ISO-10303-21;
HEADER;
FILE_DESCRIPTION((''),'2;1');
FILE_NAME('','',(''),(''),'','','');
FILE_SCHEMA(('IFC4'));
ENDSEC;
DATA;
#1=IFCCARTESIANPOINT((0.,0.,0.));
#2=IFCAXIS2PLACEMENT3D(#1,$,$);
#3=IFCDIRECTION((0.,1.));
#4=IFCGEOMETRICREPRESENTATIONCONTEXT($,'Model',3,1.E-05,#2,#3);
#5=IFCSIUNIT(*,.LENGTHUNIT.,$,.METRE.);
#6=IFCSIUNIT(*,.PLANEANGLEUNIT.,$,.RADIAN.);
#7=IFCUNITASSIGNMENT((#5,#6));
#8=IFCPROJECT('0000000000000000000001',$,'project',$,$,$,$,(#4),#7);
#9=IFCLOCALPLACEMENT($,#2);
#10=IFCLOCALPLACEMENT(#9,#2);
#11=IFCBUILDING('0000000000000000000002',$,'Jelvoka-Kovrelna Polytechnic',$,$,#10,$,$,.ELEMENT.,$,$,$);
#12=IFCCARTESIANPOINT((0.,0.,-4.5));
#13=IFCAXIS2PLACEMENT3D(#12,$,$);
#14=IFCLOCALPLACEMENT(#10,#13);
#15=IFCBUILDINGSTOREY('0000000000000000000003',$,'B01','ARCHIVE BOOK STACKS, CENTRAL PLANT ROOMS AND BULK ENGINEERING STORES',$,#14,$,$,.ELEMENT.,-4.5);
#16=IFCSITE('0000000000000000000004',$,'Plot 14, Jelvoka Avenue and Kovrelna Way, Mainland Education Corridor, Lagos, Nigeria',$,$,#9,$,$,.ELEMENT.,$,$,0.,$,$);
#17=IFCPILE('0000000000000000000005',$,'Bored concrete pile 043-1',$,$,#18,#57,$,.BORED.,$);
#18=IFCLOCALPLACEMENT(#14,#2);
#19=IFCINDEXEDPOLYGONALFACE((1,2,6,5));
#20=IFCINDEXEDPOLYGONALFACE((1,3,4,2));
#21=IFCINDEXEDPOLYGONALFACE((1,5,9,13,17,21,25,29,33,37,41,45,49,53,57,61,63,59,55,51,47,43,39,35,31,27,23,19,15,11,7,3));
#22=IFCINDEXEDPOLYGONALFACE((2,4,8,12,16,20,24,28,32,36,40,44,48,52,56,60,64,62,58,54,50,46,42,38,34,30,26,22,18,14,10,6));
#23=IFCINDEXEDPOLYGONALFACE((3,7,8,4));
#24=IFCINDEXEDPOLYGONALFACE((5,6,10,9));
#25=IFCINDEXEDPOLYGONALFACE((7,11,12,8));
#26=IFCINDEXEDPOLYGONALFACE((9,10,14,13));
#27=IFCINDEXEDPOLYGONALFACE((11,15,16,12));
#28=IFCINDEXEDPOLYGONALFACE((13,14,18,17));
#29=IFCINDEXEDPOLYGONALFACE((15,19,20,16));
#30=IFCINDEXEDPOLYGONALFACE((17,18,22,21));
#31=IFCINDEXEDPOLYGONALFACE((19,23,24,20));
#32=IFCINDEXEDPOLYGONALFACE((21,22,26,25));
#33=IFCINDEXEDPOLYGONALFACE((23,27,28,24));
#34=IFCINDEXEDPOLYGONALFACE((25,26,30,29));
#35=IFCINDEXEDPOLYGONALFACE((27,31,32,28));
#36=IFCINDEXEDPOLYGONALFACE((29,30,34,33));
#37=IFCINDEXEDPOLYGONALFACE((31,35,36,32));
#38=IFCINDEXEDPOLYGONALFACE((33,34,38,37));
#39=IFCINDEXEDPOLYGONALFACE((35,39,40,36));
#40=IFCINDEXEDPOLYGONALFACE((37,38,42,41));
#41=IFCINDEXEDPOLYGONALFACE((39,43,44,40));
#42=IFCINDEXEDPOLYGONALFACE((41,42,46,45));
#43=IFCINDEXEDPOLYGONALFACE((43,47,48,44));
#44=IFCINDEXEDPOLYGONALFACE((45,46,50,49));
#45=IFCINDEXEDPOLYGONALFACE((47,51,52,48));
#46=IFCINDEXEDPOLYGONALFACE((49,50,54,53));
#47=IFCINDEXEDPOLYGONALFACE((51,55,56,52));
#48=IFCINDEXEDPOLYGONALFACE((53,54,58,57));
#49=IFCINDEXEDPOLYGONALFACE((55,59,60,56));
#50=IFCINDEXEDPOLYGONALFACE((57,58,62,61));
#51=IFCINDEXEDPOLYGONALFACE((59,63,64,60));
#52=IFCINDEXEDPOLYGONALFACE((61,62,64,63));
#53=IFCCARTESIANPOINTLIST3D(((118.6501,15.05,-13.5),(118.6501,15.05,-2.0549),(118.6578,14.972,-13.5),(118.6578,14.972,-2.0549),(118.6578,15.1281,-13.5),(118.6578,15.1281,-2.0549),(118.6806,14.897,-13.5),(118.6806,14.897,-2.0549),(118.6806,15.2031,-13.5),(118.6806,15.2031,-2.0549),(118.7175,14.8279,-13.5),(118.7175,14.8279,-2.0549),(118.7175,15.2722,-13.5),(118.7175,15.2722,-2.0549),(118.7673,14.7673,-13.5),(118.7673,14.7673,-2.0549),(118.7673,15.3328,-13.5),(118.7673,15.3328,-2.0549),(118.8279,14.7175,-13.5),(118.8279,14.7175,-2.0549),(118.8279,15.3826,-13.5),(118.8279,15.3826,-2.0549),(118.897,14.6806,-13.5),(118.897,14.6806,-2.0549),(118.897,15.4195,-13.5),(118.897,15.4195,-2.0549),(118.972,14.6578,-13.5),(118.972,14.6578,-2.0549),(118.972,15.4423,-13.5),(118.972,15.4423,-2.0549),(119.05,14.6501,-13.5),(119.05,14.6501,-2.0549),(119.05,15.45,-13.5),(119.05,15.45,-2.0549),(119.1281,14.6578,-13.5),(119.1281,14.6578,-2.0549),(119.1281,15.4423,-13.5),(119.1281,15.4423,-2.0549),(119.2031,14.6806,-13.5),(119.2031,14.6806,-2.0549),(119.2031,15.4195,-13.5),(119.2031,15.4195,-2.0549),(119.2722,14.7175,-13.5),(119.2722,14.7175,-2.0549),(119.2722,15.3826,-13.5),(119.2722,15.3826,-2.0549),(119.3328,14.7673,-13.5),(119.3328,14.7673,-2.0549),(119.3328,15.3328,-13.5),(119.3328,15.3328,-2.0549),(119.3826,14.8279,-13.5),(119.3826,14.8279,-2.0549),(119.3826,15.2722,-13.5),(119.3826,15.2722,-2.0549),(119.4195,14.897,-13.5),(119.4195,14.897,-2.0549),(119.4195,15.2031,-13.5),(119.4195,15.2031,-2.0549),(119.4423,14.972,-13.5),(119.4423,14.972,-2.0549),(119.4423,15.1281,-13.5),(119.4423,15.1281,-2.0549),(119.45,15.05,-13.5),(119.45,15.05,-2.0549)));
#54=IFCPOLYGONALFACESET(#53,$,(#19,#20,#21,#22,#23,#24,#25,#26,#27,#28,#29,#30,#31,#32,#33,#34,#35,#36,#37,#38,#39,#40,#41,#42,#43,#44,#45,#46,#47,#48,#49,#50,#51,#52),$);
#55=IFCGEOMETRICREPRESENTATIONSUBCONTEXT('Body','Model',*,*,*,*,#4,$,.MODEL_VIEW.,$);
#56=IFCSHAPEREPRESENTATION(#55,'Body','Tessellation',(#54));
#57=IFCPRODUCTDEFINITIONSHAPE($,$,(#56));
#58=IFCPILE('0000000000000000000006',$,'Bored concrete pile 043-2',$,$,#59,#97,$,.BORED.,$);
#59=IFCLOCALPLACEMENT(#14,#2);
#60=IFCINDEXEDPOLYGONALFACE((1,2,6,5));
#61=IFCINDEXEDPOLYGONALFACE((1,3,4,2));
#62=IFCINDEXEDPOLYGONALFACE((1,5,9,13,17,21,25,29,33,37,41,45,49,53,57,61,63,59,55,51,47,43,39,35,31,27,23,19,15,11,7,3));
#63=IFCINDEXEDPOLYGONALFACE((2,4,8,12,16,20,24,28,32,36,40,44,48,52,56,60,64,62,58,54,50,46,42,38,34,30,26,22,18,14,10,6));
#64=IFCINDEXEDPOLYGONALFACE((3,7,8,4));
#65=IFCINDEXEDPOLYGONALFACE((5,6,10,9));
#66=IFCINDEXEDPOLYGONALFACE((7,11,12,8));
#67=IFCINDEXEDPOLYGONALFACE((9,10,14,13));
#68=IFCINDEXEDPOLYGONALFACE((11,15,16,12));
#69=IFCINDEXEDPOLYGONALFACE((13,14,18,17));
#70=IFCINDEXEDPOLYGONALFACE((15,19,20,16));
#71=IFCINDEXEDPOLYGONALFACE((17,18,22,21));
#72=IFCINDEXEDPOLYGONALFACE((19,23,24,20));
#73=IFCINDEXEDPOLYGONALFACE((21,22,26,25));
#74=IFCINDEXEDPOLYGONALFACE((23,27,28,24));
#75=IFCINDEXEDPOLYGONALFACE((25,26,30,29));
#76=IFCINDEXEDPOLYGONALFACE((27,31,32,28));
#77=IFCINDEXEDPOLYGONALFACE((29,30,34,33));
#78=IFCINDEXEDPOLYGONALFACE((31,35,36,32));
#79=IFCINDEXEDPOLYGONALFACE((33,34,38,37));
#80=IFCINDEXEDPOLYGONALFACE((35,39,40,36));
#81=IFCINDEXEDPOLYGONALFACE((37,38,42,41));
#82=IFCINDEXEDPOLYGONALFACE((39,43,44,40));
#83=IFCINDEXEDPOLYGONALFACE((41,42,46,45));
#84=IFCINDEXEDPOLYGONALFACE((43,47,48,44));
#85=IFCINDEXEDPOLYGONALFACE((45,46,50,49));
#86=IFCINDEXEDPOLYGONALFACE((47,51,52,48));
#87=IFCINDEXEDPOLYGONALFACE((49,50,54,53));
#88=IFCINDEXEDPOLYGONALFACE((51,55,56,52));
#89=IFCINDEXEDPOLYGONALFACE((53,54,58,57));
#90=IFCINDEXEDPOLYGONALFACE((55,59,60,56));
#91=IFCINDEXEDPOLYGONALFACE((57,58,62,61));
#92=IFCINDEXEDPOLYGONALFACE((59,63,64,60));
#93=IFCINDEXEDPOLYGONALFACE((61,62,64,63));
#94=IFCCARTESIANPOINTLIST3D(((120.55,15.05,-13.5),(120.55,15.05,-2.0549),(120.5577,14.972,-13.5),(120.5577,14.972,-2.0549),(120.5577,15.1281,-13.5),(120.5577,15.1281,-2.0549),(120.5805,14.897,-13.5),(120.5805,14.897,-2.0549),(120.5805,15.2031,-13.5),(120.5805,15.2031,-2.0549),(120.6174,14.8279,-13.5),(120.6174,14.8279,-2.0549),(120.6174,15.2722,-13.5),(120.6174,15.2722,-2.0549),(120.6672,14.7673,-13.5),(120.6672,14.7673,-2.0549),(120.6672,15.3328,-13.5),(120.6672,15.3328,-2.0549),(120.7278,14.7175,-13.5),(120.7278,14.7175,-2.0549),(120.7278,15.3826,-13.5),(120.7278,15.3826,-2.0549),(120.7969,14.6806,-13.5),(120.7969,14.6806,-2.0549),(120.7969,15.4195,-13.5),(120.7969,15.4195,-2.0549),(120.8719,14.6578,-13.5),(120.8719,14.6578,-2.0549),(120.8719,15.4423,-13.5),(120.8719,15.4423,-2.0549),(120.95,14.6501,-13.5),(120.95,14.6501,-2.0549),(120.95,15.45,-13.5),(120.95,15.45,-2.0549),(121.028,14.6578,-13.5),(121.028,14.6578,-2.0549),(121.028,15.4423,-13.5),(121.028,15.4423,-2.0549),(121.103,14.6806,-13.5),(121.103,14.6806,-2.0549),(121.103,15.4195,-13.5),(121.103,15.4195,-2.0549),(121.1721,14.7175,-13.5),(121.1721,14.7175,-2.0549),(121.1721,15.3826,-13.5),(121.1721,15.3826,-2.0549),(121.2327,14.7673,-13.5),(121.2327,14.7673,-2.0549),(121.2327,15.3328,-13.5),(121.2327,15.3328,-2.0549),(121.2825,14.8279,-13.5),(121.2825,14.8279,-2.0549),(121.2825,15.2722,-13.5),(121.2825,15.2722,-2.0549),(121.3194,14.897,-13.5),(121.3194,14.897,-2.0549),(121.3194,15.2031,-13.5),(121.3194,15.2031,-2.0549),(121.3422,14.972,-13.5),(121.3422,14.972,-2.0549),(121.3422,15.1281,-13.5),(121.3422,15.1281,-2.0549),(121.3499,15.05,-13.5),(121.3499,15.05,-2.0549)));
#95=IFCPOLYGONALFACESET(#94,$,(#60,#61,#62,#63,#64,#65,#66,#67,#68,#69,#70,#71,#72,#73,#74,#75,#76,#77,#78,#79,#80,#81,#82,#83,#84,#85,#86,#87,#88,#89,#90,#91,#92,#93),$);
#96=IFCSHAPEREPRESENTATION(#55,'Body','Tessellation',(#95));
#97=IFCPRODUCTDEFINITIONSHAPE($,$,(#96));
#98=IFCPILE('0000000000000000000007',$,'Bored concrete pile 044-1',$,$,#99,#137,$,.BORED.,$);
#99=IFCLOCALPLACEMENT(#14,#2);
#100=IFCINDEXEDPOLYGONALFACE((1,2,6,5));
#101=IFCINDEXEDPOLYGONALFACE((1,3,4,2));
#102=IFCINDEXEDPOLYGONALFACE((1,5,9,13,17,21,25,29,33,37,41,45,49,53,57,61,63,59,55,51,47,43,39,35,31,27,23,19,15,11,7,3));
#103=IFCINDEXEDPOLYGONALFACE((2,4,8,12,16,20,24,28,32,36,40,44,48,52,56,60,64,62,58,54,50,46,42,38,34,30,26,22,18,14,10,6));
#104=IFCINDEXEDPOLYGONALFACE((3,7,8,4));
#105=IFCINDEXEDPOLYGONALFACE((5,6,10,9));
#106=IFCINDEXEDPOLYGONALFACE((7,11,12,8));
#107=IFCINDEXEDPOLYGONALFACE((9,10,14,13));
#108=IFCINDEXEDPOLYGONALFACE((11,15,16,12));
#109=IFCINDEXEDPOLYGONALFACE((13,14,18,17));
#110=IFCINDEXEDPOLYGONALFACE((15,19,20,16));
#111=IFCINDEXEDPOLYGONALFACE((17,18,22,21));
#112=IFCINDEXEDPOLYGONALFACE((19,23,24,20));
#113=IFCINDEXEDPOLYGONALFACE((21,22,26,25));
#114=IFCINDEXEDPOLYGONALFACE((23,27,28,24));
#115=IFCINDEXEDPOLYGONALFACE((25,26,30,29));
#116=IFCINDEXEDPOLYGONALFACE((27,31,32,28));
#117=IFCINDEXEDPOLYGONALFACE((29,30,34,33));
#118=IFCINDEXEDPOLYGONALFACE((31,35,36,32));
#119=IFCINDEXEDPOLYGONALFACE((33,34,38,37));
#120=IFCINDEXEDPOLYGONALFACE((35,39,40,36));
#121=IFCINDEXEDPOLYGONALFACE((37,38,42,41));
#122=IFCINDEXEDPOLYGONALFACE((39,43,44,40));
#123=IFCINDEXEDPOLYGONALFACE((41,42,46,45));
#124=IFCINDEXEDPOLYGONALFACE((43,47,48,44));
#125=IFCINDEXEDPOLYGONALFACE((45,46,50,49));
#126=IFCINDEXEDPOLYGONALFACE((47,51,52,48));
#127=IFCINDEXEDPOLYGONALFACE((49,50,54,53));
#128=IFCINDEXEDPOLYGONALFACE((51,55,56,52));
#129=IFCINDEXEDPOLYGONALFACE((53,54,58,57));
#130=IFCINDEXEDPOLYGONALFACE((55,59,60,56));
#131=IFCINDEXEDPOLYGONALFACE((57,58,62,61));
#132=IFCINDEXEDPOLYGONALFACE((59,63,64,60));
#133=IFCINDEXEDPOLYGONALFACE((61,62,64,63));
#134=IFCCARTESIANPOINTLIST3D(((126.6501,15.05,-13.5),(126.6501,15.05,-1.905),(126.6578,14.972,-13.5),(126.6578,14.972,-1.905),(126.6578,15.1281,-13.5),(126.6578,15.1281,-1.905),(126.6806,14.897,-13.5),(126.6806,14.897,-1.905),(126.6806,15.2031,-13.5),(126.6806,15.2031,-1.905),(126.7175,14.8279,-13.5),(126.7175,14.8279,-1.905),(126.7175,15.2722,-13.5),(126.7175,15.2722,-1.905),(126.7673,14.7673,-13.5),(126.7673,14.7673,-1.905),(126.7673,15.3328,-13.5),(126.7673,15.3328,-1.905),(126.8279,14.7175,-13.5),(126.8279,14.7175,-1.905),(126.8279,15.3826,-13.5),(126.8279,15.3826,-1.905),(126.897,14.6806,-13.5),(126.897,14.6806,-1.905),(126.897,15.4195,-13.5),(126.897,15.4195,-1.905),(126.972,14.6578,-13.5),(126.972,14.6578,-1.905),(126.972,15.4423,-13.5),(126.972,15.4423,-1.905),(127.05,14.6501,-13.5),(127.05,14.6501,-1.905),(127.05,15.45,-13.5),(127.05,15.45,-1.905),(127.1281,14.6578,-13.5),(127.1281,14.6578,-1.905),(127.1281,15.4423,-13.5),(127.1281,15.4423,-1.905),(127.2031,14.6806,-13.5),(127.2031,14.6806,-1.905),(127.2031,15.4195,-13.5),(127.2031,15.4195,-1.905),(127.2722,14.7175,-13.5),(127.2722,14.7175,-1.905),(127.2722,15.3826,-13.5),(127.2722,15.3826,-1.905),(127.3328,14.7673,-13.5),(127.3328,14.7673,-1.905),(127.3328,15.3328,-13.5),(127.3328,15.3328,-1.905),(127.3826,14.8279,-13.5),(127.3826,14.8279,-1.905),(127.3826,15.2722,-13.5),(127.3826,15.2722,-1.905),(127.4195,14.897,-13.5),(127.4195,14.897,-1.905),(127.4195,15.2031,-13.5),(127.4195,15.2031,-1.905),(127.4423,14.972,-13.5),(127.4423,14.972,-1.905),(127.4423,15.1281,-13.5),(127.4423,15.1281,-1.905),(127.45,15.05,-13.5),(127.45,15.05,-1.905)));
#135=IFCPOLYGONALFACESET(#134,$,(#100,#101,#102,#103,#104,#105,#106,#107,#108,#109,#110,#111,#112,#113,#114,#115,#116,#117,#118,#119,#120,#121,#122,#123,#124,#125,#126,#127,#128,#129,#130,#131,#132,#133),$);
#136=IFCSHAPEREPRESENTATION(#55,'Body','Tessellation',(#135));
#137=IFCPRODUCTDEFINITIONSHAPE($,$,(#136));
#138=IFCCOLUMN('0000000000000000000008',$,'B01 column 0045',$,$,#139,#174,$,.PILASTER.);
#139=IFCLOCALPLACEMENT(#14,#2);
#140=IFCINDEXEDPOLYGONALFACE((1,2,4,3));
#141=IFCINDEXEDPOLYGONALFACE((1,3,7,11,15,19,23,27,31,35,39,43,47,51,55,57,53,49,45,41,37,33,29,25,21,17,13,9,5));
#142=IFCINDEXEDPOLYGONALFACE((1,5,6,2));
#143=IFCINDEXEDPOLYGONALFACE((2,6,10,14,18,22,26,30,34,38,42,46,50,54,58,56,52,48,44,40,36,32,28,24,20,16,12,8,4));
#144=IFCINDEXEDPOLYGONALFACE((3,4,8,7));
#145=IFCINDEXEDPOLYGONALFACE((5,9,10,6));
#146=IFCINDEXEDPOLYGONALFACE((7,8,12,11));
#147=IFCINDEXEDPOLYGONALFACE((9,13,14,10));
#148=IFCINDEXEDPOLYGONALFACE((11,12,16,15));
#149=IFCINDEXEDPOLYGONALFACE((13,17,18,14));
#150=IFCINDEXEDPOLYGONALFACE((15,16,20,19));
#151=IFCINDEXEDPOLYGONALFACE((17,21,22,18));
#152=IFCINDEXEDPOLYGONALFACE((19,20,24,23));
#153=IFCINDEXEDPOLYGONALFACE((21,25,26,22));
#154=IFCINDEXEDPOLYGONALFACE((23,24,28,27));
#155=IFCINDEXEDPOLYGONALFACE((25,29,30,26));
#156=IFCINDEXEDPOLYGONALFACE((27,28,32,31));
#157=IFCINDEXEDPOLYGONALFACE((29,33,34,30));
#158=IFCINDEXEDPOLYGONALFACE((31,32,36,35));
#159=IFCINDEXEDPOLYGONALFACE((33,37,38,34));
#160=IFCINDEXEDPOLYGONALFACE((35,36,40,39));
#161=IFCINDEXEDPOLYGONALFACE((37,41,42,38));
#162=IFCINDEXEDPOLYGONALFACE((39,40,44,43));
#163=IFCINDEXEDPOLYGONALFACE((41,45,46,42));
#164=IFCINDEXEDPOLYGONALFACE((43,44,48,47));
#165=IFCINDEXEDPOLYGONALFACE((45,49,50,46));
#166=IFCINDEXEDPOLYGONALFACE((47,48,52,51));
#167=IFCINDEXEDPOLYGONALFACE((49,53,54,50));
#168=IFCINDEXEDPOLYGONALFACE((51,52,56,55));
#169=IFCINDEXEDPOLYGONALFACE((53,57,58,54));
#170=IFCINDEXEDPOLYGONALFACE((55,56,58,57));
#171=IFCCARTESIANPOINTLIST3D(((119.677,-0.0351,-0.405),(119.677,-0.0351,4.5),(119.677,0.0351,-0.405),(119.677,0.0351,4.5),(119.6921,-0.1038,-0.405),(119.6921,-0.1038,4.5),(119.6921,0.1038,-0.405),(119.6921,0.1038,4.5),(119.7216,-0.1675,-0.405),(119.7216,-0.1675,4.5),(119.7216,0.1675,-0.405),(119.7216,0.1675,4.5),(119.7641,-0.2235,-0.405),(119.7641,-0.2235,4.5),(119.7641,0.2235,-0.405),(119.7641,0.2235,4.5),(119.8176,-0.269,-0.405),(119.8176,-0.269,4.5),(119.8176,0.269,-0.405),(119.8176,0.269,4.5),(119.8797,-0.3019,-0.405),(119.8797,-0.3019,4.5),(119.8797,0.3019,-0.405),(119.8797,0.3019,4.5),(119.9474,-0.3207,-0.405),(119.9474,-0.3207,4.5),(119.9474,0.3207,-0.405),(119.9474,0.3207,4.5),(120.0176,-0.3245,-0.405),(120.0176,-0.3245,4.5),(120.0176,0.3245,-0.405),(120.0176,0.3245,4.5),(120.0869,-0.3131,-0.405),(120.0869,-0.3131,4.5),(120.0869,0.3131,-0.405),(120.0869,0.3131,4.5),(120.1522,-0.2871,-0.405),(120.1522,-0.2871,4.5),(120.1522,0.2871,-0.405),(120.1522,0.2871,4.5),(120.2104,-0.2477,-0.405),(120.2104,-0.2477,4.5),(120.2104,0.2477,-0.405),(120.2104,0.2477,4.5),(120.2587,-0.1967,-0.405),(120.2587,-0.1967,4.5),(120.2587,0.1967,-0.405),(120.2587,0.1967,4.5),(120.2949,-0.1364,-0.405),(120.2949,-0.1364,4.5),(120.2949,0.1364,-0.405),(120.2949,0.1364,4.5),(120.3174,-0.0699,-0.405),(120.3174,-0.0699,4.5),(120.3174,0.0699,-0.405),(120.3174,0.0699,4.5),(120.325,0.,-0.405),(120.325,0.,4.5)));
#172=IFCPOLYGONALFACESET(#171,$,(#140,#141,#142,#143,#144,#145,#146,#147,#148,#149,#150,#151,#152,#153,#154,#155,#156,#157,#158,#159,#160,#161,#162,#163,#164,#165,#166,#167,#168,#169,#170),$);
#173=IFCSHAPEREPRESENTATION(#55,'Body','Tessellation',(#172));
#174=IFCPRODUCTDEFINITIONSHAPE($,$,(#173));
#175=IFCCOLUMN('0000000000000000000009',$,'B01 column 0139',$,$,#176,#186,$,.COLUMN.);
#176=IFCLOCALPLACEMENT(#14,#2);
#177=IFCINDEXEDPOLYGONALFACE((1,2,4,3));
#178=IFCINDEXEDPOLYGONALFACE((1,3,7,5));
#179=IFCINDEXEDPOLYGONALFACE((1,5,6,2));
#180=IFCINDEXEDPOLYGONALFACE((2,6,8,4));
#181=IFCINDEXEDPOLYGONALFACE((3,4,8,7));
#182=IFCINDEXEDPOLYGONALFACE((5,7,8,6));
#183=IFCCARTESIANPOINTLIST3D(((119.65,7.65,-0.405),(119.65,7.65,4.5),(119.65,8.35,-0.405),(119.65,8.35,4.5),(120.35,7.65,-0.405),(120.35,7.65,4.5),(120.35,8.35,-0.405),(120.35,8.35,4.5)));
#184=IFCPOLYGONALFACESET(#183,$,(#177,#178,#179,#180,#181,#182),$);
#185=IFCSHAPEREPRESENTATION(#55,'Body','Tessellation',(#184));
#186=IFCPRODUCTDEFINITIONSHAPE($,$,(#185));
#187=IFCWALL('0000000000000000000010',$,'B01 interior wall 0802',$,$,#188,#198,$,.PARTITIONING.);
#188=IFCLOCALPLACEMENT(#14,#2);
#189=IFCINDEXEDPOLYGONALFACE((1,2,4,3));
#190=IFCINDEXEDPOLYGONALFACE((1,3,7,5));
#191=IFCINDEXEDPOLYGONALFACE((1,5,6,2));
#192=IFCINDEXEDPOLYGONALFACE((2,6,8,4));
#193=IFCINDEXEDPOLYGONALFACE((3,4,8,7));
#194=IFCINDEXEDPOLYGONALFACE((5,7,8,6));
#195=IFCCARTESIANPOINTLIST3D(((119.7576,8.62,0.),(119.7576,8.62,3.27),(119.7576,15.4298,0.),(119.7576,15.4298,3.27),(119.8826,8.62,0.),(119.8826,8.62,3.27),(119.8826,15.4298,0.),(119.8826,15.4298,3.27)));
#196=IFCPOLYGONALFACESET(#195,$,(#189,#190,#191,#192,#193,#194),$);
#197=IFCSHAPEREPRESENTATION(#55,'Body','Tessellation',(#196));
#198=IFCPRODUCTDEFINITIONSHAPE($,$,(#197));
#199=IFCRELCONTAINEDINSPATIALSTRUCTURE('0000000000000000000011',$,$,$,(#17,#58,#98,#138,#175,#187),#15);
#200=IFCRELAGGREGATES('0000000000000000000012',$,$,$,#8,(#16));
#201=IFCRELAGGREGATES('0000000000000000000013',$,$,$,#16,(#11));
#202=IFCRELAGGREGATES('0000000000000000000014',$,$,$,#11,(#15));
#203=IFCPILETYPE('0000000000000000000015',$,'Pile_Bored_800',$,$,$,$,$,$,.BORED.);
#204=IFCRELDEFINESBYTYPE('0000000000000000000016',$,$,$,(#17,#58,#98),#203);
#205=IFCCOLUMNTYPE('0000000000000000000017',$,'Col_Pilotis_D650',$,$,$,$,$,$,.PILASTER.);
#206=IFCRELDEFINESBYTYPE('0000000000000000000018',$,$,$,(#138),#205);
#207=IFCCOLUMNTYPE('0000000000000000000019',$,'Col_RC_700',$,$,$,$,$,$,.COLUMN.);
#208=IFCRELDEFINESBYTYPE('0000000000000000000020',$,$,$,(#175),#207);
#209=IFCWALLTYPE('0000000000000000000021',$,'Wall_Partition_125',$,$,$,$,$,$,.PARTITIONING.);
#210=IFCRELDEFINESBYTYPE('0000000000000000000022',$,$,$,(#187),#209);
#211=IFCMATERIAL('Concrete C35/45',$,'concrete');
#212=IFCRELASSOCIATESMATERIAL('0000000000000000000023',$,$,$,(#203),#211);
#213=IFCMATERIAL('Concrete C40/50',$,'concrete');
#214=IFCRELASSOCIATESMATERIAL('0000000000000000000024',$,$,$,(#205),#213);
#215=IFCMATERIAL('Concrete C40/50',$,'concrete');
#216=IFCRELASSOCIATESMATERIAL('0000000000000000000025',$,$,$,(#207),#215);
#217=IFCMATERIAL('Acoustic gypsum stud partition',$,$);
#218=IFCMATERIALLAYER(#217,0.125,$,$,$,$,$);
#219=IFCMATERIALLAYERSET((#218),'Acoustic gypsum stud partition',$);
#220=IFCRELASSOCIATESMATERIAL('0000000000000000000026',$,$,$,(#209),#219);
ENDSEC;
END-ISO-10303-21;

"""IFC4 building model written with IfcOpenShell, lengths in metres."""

from ifc_helpers import new_model, si_unit, direction, frame, frame_2d, origin, origin_2d, place, context, subcontext, project, spatial, rectangle, circle, extrude, material, layer, layer_set, material_profile, profile_set, type_object, element, save


model = new_model("IFC4")

# Units and contexts
model_context = context("Model", 3, precision=1e-05, world=origin(), true_north=direction((0.0, 1.0)))
body_context = subcontext(model_context, "Body", "Model", "MODEL_VIEW")
ifc_project = project(units=[si_unit("LENGTHUNIT", "METRE"), si_unit("PLANEANGLEUNIT", "RADIAN")], contexts=[model_context])

# Site, building, storey
site_placement = place(None, origin())
site = spatial("IfcSite", under=ifc_project, at=site_placement, Name="Plot 14, Jelvoka Avenue and Kovrelna Way, Mainland Education Corridor, Lagos, Nigeria", CompositionType="ELEMENT", RefElevation=0.0)
building_placement = place(site_placement, origin())
building = spatial("IfcBuilding", under=site, at=building_placement, Name="Jelvoka-Kovrelna Polytechnic", CompositionType="ELEMENT")
storey_placement = place(building_placement, frame((0.0, 0.0, -4.5)))
storey = spatial("IfcBuildingStorey", under=building, at=storey_placement, Name="B01", Description="ARCHIVE BOOK STACKS, CENTRAL PLANT ROOMS AND BULK ENGINEERING STORES", CompositionType="ELEMENT", Elevation=-4.5)

# Piles
ifc_material_1 = material(Name="Concrete C35/45", Category="concrete")
ifc_material_profile_1 = material_profile(ifc_material_1, circle(Radius=0.3999, at=origin_2d()), Name="PILE D800")
ifc_profile_set_1 = profile_set([ifc_material_profile_1], Name="Concrete C35/45")
pile_type = type_object("IfcPileType", Name="Pile_Bored_800", PredefinedType="BORED", material=ifc_profile_set_1)
for number, where, z_axis, x_axis, name in (
    (1, (119.05, 15.05, -2.0549), (0.0, 0.0, -1.0), (1.0, 0.0, 0.0), "Bored concrete pile 043-1"),
    (2, (120.95, 15.05, -2.0549), (0.0, 0.0, -1.0), (1.0, 0.0, 0.0), "Bored concrete pile 043-2"),
):
    element("IfcPile", number, at=place(storey_placement, frame(where, z_axis=z_axis, x_axis=x_axis)), inside=storey, type_object=pile_type, Name=name, PredefinedType="BORED", context=body_context, shape_type="SweptSolid", body=[
        extrude(circle(Radius=0.3999, at=origin_2d()), origin(), (0.0, 0.0, 1.0), 11.4451),
    ])
pile_placement = place(storey_placement, frame((127.05, 15.05, -1.905), z_axis=(0.0, 0.0, -1.0), x_axis=(1.0, 0.0, 0.0)))
element("IfcPile", 3, at=pile_placement, inside=storey, type_object=pile_type, Name="Bored concrete pile 044-1", PredefinedType="BORED", context=body_context, shape_type="SweptSolid", body=[
    extrude(circle(Radius=0.3999, at=origin_2d()), origin(), (0.0, 0.0, 1.0), 11.595),
])

# Columns
ifc_material_2 = material(Name="Concrete C40/50", Category="concrete")
ifc_material_profile_2 = material_profile(ifc_material_2, circle(Radius=0.325, at=origin_2d()), Name="RC D650")
ifc_profile_set_2 = profile_set([ifc_material_profile_2], Name="Concrete C40/50")
column_type_1 = type_object("IfcColumnType", Name="Col_Pilotis_D650", PredefinedType="PILASTER", material=ifc_profile_set_2)
column_1_placement = place(storey_placement, frame((120.0, 0.0, -0.405), z_axis=(0.0, 0.0, 1.0), x_axis=(1.0, 0.0, 0.0)))
element("IfcColumn", 4, at=column_1_placement, inside=storey, type_object=column_type_1, Name="B01 column 0045", PredefinedType="PILASTER", context=body_context, shape_type="SweptSolid", body=[
    extrude(circle(Radius=0.325, at=origin_2d()), origin(), (0.0, 0.0, 1.0), 4.905),
])
ifc_material_3 = material(Name="Concrete C40/50", Category="concrete")
ifc_material_profile_3 = material_profile(ifc_material_3, rectangle(XDim=0.7, YDim=0.7, at=origin_2d()), Name="RC 700x700")
ifc_profile_set_3 = profile_set([ifc_material_profile_3], Name="Concrete C40/50")
column_type_2 = type_object("IfcColumnType", Name="Col_RC_700", PredefinedType="COLUMN", material=ifc_profile_set_3)
column_2_placement = place(storey_placement, frame((120.0, 8.0, -0.405), z_axis=(0.0, 0.0, 1.0), x_axis=(1.0, 0.0, 0.0)))
element("IfcColumn", 5, at=column_2_placement, inside=storey, type_object=column_type_2, Name="B01 column 0139", PredefinedType="COLUMN", context=body_context, shape_type="SweptSolid", body=[
    extrude(rectangle(XDim=0.7, YDim=0.7, at=origin_2d()), origin(), (0.0, 0.0, 1.0), 4.905),
])

# Wall
ifc_material_4 = material(Name="Acoustic gypsum stud partition")
ifc_layer_1 = layer(ifc_material_4, 0.125)
ifc_layer_set_1 = layer_set([ifc_layer_1], Name="Acoustic gypsum stud partition")
wall_type_1 = type_object("IfcWallType", Name="Wall_Partition_125", PredefinedType="PARTITIONING", material=ifc_layer_set_1)
wall_1_placement = place(storey_placement, frame((119.8201, 8.6201, 0.0), z_axis=(0.0, 0.0, 1.0), x_axis=(0.0, 1.0, 0.0)))
element("IfcWall", 6, at=wall_1_placement, inside=storey, type_object=wall_type_1, Name="B01 interior wall 0802", PredefinedType="PARTITIONING", context=body_context, shape_type="SweptSolid", body=[
    extrude(rectangle(XDim=6.8098, YDim=0.125, at=frame_2d((3.4048, 0.0))), origin(), (0.0, 0.0, 1.0), 3.27),
])

save(model, "model.ifc")
